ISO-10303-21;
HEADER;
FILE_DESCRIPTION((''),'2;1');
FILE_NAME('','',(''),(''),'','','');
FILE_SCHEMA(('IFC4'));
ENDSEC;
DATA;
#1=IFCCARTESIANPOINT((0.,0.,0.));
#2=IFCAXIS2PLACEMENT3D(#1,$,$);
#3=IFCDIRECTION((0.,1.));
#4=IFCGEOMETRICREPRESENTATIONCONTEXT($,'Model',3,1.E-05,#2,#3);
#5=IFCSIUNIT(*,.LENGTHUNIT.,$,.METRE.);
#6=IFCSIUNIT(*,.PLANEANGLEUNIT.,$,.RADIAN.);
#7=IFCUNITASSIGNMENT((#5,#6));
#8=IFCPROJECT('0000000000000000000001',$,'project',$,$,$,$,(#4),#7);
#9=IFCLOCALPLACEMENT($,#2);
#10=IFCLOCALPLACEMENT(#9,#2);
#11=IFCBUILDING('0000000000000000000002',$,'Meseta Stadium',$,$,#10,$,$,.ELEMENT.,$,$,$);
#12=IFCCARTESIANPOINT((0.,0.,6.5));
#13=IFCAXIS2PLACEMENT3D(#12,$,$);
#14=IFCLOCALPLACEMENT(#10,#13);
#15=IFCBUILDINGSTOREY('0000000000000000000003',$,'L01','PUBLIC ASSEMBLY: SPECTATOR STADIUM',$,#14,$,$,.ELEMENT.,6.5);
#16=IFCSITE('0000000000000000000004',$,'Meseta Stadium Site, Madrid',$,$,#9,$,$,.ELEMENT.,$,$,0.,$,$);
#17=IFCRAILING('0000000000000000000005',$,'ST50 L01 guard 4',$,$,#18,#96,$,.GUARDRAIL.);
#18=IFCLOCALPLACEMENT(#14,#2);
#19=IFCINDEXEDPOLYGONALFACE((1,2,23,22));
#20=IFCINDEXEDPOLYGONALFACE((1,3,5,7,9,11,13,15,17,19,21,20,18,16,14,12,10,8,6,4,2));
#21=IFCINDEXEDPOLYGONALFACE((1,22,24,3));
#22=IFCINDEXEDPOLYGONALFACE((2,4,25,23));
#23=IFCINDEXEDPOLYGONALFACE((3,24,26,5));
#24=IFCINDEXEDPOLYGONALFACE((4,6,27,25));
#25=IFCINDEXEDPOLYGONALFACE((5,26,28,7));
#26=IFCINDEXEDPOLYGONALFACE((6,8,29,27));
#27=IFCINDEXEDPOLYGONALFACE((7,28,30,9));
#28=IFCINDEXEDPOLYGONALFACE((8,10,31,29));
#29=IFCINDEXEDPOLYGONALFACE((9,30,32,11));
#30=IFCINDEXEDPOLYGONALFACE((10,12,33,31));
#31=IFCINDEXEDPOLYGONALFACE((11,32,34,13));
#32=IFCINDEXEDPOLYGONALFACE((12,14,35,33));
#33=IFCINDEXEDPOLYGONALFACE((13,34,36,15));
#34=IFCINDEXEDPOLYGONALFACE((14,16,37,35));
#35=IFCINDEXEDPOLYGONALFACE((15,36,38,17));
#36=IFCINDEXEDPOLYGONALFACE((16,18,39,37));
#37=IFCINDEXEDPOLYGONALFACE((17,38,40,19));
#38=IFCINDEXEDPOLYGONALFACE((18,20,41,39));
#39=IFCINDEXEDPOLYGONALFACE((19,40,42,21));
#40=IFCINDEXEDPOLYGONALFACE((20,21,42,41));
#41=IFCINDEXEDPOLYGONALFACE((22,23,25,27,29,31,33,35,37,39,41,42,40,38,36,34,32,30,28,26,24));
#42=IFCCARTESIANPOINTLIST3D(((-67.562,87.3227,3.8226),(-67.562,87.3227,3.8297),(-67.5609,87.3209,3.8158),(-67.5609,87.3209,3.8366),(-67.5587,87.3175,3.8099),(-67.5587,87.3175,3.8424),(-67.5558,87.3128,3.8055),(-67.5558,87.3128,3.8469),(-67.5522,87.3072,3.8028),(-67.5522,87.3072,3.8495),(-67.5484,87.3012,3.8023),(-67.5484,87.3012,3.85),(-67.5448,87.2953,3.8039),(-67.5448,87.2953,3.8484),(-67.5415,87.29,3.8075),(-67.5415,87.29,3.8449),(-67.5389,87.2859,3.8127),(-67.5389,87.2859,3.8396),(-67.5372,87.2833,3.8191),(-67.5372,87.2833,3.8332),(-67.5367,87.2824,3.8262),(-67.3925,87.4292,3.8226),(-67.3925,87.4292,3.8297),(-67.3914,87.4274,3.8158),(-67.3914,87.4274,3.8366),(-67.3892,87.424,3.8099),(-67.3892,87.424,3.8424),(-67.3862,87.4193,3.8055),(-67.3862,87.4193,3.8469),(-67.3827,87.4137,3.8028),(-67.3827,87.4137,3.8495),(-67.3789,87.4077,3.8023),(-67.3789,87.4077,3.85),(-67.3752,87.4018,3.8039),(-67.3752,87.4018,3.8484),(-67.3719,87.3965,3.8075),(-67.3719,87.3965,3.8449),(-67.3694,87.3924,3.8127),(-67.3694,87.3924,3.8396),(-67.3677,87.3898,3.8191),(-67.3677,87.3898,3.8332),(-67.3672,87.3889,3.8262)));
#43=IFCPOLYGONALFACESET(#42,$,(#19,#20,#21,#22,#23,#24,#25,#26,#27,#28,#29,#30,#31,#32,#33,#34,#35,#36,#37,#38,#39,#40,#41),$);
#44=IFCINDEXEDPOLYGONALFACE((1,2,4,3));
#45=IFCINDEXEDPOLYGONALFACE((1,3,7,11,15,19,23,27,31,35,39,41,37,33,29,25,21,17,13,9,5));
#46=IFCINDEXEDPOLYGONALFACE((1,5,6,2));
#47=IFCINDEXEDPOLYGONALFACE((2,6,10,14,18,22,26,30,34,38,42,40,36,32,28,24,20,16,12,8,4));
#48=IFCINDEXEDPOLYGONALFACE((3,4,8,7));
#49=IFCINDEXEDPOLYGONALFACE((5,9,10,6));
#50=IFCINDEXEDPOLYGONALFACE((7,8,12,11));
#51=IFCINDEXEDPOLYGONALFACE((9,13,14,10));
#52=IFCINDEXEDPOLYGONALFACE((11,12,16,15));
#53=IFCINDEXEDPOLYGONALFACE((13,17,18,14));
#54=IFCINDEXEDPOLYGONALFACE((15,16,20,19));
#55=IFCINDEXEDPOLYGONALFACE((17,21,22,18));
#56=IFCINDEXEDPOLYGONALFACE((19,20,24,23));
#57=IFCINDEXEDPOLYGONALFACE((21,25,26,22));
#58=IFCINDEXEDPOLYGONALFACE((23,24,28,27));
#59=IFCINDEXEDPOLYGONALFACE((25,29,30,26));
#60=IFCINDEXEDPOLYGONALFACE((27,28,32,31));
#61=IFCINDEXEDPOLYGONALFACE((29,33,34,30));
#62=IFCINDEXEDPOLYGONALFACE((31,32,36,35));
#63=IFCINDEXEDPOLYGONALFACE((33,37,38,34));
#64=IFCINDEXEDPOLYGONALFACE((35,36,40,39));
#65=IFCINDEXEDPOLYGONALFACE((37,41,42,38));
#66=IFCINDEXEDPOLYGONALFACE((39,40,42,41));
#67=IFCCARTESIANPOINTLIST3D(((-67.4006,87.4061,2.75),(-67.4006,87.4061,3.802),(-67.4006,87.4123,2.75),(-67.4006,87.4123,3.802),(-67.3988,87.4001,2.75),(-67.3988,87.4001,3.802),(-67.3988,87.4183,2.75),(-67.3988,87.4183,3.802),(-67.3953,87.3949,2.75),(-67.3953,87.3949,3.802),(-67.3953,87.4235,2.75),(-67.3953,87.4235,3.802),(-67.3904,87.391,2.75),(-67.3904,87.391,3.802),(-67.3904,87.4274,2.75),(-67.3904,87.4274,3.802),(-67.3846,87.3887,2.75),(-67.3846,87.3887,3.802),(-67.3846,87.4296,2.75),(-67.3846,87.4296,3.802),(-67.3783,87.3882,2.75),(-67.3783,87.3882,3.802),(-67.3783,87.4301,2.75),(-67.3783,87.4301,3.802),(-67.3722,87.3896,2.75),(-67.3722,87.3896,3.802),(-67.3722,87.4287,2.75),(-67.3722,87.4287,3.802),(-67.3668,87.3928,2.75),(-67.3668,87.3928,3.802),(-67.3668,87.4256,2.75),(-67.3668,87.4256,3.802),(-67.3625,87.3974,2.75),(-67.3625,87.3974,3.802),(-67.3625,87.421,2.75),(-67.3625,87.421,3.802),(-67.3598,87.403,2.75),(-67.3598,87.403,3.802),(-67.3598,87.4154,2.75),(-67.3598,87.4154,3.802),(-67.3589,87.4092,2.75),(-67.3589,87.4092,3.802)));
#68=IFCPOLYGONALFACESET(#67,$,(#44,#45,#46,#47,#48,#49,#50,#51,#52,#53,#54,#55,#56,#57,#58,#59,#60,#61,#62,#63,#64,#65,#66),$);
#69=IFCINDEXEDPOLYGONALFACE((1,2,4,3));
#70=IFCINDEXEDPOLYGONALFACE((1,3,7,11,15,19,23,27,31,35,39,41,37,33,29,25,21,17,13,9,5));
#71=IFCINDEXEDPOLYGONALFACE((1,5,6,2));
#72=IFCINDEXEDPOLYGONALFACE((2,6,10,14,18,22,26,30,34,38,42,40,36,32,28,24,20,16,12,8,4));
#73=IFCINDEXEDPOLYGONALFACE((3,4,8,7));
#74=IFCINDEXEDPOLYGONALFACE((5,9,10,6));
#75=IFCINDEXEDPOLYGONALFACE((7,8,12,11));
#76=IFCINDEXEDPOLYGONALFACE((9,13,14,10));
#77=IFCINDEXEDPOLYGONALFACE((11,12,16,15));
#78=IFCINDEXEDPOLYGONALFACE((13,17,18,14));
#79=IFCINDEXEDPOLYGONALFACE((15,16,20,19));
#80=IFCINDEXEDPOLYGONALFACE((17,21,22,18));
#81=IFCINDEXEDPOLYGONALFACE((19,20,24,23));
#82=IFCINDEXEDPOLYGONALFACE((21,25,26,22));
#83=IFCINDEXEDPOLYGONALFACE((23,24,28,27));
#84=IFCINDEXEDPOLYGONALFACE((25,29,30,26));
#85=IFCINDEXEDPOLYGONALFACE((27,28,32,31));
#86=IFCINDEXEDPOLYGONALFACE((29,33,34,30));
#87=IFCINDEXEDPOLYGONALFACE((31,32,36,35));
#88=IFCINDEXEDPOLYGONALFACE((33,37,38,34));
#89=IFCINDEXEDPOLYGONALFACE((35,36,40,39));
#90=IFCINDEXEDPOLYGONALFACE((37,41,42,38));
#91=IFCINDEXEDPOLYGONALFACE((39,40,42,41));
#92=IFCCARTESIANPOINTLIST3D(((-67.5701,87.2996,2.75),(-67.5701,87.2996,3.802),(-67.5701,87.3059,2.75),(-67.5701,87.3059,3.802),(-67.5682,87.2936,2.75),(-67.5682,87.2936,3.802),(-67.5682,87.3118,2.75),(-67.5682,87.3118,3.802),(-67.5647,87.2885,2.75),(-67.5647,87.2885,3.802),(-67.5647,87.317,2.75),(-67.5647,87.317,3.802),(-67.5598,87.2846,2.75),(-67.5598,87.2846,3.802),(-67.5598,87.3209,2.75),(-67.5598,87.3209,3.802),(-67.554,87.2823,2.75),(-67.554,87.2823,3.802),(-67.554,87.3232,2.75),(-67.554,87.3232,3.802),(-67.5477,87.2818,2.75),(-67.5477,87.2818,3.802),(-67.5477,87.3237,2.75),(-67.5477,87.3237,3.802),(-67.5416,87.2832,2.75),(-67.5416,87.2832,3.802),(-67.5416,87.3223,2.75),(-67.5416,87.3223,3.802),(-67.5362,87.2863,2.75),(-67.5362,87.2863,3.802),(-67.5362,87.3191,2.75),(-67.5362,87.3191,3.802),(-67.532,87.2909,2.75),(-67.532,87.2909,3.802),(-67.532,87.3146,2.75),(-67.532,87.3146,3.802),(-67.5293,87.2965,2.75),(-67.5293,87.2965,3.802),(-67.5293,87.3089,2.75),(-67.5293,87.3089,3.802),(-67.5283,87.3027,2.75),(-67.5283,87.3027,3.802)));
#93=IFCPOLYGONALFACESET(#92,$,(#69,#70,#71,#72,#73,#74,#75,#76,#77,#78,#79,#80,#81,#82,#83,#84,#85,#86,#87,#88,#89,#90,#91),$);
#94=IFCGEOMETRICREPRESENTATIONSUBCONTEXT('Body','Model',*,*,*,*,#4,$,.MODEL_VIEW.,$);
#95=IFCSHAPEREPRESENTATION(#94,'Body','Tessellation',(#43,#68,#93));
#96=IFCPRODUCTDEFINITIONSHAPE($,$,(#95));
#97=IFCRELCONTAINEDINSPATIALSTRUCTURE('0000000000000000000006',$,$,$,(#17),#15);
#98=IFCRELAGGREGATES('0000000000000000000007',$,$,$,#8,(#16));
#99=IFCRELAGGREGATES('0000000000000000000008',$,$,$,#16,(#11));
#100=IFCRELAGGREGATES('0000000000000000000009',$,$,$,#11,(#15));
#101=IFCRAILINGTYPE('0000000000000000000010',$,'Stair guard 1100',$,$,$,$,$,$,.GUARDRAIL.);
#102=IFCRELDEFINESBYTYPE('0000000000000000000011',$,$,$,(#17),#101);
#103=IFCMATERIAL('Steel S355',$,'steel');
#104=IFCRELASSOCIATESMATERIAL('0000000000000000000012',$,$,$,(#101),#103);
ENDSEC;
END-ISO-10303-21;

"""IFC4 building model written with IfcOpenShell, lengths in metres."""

from ifc_helpers import new_model, si_unit, direction, frame, origin, origin_2d, place, context, subcontext, project, spatial, circle, extrude, material, type_object, element, save


model = new_model("IFC4")

# Units and contexts
model_context = context("Model", 3, precision=1e-05, world=origin(), true_north=direction((0.0, 1.0)))
body_context = subcontext(model_context, "Body", "Model", "MODEL_VIEW")
ifc_project = project(units=[si_unit("LENGTHUNIT", "METRE"), si_unit("PLANEANGLEUNIT", "RADIAN")], contexts=[model_context])

# Site, building, storey
site_placement = place(None, origin())
site = spatial("IfcSite", under=ifc_project, at=site_placement, Name="Meseta Stadium Site, Madrid", CompositionType="ELEMENT", RefElevation=0.0)
building_placement = place(site_placement, origin())
building = spatial("IfcBuilding", under=site, at=building_placement, Name="Meseta Stadium", CompositionType="ELEMENT")
storey_placement = place(building_placement, frame((0.0, 0.0, 6.5)))
storey = spatial("IfcBuildingStorey", under=building, at=storey_placement, Name="L01", Description="PUBLIC ASSEMBLY: SPECTATOR STADIUM", CompositionType="ELEMENT", Elevation=6.5)

# Railing
ifc_material_1 = material(Name="Steel S355", Category="steel")
railing_type_1 = type_object("IfcRailingType", Name="Stair guard 1100", PredefinedType="GUARDRAIL", material=ifc_material_1)
railing_1_placement = place(storey_placement, frame((-67.3799, 87.4092, 2.75)))
element("IfcRailing", 1, at=railing_1_placement, inside=storey, type_object=railing_type_1, Name="ST50 L01 guard 4", PredefinedType="GUARDRAIL", context=body_context, shape_type="SweptSolid", body=[
    extrude(circle(Radius=0.0239, at=origin_2d()), frame((0.0, 0.0, 1.0762), z_axis=(-0.846762, -0.531972, 0.0), x_axis=(0.531972, -0.846762, 0.0)), (0.0, 0.0, 1.0), 0.2002),
    extrude(circle(Radius=0.021, at=origin_2d()), origin(), (0.0, 0.0, 1.0), 1.052),
    extrude(circle(Radius=0.021, at=origin_2d()), frame((-0.1694, -0.1064, 0.0)), (0.0, 0.0, 1.0), 1.052),
])

save(model, "model.ifc")
